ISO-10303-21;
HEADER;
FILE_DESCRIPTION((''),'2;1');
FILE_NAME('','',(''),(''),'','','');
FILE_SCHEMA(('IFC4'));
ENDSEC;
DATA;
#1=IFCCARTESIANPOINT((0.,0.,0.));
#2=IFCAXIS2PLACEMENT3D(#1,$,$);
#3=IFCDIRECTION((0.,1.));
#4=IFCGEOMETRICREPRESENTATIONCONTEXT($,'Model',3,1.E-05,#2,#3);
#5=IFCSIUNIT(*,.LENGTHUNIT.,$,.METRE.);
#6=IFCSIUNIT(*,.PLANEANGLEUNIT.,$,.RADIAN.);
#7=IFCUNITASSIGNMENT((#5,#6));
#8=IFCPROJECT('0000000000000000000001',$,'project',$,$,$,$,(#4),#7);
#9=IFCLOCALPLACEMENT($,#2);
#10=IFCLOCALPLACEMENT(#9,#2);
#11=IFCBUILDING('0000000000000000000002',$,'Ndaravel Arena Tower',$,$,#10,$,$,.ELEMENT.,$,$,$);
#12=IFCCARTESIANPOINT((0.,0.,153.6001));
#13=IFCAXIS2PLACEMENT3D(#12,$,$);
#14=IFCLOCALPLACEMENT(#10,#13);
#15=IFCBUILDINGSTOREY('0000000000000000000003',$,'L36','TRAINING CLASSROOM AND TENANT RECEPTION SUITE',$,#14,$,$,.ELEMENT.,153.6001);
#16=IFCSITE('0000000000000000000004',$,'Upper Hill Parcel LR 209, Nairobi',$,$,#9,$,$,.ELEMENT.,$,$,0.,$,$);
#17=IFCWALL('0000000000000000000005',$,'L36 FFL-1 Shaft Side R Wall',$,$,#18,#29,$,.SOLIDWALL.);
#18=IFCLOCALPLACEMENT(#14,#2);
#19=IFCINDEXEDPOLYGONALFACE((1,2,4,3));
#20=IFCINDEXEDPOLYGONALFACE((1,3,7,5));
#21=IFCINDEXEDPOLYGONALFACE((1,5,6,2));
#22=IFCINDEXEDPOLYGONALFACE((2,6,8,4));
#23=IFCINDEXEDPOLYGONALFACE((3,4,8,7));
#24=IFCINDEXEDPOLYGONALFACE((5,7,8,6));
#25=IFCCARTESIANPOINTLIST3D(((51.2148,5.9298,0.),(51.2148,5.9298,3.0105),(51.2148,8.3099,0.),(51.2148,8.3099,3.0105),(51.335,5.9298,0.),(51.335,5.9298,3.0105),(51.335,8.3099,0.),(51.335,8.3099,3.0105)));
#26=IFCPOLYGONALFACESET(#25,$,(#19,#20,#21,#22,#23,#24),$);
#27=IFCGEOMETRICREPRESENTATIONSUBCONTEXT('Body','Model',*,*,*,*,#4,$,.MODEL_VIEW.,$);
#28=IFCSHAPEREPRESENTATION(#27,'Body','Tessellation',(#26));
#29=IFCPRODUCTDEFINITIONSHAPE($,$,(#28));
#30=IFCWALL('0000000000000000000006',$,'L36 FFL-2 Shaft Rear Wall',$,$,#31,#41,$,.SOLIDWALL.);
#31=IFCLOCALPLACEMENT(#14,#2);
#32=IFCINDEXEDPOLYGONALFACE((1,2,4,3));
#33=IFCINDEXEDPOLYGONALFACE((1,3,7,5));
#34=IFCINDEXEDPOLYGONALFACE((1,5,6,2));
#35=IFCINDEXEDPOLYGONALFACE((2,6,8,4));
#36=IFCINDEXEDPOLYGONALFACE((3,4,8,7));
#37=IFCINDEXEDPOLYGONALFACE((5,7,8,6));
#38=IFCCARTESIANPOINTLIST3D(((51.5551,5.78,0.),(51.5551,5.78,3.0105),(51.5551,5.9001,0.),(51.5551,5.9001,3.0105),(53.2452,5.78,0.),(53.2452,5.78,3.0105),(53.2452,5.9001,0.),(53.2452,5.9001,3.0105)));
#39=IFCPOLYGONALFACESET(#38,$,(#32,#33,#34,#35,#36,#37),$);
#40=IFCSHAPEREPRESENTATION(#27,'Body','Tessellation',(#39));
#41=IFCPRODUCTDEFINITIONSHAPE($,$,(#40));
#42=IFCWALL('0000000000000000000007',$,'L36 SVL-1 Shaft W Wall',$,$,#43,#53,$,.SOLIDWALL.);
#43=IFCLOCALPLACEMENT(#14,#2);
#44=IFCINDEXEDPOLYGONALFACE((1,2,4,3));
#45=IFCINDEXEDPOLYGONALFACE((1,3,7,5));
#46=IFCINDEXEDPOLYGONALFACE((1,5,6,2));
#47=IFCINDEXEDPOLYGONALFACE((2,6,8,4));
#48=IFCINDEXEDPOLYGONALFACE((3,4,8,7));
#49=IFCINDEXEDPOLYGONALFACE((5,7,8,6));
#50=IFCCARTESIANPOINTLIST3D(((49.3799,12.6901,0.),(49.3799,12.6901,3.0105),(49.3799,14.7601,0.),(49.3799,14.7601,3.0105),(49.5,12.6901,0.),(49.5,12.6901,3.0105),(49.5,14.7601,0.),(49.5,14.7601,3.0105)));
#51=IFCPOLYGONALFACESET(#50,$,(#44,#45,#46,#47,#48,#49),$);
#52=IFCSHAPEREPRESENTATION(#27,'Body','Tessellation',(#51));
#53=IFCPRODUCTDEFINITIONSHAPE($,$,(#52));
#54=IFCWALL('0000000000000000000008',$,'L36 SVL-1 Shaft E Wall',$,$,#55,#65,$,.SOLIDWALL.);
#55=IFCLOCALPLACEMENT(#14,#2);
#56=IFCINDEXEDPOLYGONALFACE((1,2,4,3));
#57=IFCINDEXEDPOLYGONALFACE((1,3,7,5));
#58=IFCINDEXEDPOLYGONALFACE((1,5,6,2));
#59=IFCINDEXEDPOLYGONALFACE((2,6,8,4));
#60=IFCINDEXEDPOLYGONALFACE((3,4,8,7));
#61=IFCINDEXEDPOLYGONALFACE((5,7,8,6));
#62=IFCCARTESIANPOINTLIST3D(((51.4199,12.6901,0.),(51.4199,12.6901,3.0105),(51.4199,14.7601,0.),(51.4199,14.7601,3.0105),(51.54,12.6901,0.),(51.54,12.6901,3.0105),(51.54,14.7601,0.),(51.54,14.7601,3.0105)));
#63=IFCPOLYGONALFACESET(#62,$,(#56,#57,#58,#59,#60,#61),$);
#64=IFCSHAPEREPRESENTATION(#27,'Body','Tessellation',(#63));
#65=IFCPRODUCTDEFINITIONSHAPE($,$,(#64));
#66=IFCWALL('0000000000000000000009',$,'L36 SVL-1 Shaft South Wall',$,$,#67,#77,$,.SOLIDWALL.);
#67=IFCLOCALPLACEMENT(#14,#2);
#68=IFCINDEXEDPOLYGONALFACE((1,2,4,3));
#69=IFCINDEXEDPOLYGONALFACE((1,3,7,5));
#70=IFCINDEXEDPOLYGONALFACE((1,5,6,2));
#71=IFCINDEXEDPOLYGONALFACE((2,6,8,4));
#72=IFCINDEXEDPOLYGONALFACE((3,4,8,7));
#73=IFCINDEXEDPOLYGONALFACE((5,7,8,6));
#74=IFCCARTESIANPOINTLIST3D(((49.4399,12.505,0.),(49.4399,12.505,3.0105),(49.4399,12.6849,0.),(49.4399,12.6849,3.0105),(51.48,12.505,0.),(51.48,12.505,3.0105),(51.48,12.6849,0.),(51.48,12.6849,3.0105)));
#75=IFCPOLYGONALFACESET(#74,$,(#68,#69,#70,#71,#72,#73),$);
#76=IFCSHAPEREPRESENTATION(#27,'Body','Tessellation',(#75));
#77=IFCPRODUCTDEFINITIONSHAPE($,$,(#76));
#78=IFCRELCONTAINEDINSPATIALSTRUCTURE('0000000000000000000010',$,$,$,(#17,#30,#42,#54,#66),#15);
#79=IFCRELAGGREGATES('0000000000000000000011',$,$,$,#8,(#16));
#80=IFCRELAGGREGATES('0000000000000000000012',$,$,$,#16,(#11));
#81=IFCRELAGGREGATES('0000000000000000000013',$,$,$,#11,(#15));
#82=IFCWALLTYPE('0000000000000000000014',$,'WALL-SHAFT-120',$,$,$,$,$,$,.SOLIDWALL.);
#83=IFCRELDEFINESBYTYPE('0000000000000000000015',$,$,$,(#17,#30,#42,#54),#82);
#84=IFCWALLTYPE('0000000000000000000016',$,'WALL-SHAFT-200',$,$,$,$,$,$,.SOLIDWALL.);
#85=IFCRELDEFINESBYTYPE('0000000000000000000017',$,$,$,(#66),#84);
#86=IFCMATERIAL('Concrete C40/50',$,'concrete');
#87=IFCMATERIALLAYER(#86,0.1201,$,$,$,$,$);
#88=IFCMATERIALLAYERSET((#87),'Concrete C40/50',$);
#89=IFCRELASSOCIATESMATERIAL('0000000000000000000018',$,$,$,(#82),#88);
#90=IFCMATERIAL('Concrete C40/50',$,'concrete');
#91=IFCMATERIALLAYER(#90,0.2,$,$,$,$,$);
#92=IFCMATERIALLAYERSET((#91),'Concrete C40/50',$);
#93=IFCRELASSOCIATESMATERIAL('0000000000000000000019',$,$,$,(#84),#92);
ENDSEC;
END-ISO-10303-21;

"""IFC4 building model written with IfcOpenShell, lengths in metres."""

from ifc_helpers import new_model, si_unit, direction, frame, frame_2d, origin, place, context, subcontext, project, spatial, rectangle, extrude, material, layer, layer_set, type_object, element, save


model = new_model("IFC4")

# Units and contexts
model_context = context("Model", 3, precision=1e-05, world=origin(), true_north=direction((0.0, 1.0)))
body_context = subcontext(model_context, "Body", "Model", "MODEL_VIEW")
ifc_project = project(units=[si_unit("LENGTHUNIT", "METRE"), si_unit("PLANEANGLEUNIT", "RADIAN")], contexts=[model_context])

# Site, building, storey
site_placement = place(None, origin())
site = spatial("IfcSite", under=ifc_project, at=site_placement, Name="Upper Hill Parcel LR 209, Nairobi", CompositionType="ELEMENT", RefElevation=0.0)
building_placement = place(site_placement, origin())
building = spatial("IfcBuilding", under=site, at=building_placement, Name="Ndaravel Arena Tower", CompositionType="ELEMENT")
storey_placement = place(building_placement, frame((0.0, 0.0, 153.6001)))
storey = spatial("IfcBuildingStorey", under=building, at=storey_placement, Name="L36", Description="TRAINING CLASSROOM AND TENANT RECEPTION SUITE", CompositionType="ELEMENT", Elevation=153.6001)

# Walls
ifc_material_1 = material(Name="Concrete C40/50", Category="concrete")
ifc_layer_1 = layer(ifc_material_1, 0.1201)
ifc_layer_set_1 = layer_set([ifc_layer_1], Name="Concrete C40/50")
wall_type_1 = type_object("IfcWallType", Name="WALL-SHAFT-120", PredefinedType="SOLIDWALL", material=ifc_layer_set_1)
wall_1_placement = place(storey_placement, frame((51.2749, 5.9299, 0.0), z_axis=(0.0, 0.0, 1.0), x_axis=(0.0, 1.0, 0.0)))
element("IfcWall", 1, at=wall_1_placement, inside=storey, type_object=wall_type_1, Name="L36 FFL-1 Shaft Side R Wall", PredefinedType="SOLIDWALL", context=body_context, shape_type="SweptSolid", body=[
    extrude(rectangle(XDim=2.3801, YDim=0.1201, at=frame_2d((1.1899, 0.0))), origin(), (0.0, 0.0, 1.0), 3.0105),
])
wall_2_placement = place(storey_placement, frame((51.5549, 5.8401, 0.0), z_axis=(0.0, 0.0, 1.0), x_axis=(1.0, 0.0, 0.0)))
element("IfcWall", 2, at=wall_2_placement, inside=storey, type_object=wall_type_1, Name="L36 FFL-2 Shaft Rear Wall", PredefinedType="SOLIDWALL", context=body_context, shape_type="SweptSolid", body=[
    extrude(rectangle(XDim=1.6902, YDim=0.1201, at=frame_2d((0.8452, 0.0))), origin(), (0.0, 0.0, 1.0), 3.0105),
])
for number, where, z_axis, x_axis, name in (
    (3, (49.4399, 12.6899, 0.0), (0.0, 0.0, 1.0), (0.0, 1.0, 0.0), "L36 SVL-1 Shaft W Wall"),
    (4, (51.48, 12.6899, 0.0), (0.0, 0.0, 1.0), (0.0, 1.0, 0.0), "L36 SVL-1 Shaft E Wall"),
):
    element("IfcWall", number, at=place(storey_placement, frame(where, z_axis=z_axis, x_axis=x_axis)), inside=storey, type_object=wall_type_1, Name=name, PredefinedType="SOLIDWALL", context=body_context, shape_type="SweptSolid", body=[
        extrude(rectangle(XDim=2.0701, YDim=0.1201, at=frame_2d((1.0352, 0.0))), origin(), (0.0, 0.0, 1.0), 3.0105),
    ])

# Shared definitions
ifc_material_2 = material(Name="Concrete C40/50", Category="concrete")
ifc_layer_2 = layer(ifc_material_2, 0.2)
ifc_layer_set_2 = layer_set([ifc_layer_2], Name="Concrete C40/50")
wall_type_2 = type_object("IfcWallType", Name="WALL-SHAFT-200", PredefinedType="SOLIDWALL", material=ifc_layer_set_2)

# Wall
wall_3_placement = place(storey_placement, frame((49.4399, 12.595, 0.0), z_axis=(0.0, 0.0, 1.0), x_axis=(1.0, 0.0, 0.0)))
element("IfcWall", 5, at=wall_3_placement, inside=storey, type_object=wall_type_2, Name="L36 SVL-1 Shaft South Wall", PredefinedType="SOLIDWALL", context=body_context, shape_type="SweptSolid", body=[
    extrude(rectangle(XDim=2.04, YDim=0.1799, at=frame_2d((1.02, 0.0))), origin(), (0.0, 0.0, 1.0), 3.0105),
])

save(model, "model.ifc")
